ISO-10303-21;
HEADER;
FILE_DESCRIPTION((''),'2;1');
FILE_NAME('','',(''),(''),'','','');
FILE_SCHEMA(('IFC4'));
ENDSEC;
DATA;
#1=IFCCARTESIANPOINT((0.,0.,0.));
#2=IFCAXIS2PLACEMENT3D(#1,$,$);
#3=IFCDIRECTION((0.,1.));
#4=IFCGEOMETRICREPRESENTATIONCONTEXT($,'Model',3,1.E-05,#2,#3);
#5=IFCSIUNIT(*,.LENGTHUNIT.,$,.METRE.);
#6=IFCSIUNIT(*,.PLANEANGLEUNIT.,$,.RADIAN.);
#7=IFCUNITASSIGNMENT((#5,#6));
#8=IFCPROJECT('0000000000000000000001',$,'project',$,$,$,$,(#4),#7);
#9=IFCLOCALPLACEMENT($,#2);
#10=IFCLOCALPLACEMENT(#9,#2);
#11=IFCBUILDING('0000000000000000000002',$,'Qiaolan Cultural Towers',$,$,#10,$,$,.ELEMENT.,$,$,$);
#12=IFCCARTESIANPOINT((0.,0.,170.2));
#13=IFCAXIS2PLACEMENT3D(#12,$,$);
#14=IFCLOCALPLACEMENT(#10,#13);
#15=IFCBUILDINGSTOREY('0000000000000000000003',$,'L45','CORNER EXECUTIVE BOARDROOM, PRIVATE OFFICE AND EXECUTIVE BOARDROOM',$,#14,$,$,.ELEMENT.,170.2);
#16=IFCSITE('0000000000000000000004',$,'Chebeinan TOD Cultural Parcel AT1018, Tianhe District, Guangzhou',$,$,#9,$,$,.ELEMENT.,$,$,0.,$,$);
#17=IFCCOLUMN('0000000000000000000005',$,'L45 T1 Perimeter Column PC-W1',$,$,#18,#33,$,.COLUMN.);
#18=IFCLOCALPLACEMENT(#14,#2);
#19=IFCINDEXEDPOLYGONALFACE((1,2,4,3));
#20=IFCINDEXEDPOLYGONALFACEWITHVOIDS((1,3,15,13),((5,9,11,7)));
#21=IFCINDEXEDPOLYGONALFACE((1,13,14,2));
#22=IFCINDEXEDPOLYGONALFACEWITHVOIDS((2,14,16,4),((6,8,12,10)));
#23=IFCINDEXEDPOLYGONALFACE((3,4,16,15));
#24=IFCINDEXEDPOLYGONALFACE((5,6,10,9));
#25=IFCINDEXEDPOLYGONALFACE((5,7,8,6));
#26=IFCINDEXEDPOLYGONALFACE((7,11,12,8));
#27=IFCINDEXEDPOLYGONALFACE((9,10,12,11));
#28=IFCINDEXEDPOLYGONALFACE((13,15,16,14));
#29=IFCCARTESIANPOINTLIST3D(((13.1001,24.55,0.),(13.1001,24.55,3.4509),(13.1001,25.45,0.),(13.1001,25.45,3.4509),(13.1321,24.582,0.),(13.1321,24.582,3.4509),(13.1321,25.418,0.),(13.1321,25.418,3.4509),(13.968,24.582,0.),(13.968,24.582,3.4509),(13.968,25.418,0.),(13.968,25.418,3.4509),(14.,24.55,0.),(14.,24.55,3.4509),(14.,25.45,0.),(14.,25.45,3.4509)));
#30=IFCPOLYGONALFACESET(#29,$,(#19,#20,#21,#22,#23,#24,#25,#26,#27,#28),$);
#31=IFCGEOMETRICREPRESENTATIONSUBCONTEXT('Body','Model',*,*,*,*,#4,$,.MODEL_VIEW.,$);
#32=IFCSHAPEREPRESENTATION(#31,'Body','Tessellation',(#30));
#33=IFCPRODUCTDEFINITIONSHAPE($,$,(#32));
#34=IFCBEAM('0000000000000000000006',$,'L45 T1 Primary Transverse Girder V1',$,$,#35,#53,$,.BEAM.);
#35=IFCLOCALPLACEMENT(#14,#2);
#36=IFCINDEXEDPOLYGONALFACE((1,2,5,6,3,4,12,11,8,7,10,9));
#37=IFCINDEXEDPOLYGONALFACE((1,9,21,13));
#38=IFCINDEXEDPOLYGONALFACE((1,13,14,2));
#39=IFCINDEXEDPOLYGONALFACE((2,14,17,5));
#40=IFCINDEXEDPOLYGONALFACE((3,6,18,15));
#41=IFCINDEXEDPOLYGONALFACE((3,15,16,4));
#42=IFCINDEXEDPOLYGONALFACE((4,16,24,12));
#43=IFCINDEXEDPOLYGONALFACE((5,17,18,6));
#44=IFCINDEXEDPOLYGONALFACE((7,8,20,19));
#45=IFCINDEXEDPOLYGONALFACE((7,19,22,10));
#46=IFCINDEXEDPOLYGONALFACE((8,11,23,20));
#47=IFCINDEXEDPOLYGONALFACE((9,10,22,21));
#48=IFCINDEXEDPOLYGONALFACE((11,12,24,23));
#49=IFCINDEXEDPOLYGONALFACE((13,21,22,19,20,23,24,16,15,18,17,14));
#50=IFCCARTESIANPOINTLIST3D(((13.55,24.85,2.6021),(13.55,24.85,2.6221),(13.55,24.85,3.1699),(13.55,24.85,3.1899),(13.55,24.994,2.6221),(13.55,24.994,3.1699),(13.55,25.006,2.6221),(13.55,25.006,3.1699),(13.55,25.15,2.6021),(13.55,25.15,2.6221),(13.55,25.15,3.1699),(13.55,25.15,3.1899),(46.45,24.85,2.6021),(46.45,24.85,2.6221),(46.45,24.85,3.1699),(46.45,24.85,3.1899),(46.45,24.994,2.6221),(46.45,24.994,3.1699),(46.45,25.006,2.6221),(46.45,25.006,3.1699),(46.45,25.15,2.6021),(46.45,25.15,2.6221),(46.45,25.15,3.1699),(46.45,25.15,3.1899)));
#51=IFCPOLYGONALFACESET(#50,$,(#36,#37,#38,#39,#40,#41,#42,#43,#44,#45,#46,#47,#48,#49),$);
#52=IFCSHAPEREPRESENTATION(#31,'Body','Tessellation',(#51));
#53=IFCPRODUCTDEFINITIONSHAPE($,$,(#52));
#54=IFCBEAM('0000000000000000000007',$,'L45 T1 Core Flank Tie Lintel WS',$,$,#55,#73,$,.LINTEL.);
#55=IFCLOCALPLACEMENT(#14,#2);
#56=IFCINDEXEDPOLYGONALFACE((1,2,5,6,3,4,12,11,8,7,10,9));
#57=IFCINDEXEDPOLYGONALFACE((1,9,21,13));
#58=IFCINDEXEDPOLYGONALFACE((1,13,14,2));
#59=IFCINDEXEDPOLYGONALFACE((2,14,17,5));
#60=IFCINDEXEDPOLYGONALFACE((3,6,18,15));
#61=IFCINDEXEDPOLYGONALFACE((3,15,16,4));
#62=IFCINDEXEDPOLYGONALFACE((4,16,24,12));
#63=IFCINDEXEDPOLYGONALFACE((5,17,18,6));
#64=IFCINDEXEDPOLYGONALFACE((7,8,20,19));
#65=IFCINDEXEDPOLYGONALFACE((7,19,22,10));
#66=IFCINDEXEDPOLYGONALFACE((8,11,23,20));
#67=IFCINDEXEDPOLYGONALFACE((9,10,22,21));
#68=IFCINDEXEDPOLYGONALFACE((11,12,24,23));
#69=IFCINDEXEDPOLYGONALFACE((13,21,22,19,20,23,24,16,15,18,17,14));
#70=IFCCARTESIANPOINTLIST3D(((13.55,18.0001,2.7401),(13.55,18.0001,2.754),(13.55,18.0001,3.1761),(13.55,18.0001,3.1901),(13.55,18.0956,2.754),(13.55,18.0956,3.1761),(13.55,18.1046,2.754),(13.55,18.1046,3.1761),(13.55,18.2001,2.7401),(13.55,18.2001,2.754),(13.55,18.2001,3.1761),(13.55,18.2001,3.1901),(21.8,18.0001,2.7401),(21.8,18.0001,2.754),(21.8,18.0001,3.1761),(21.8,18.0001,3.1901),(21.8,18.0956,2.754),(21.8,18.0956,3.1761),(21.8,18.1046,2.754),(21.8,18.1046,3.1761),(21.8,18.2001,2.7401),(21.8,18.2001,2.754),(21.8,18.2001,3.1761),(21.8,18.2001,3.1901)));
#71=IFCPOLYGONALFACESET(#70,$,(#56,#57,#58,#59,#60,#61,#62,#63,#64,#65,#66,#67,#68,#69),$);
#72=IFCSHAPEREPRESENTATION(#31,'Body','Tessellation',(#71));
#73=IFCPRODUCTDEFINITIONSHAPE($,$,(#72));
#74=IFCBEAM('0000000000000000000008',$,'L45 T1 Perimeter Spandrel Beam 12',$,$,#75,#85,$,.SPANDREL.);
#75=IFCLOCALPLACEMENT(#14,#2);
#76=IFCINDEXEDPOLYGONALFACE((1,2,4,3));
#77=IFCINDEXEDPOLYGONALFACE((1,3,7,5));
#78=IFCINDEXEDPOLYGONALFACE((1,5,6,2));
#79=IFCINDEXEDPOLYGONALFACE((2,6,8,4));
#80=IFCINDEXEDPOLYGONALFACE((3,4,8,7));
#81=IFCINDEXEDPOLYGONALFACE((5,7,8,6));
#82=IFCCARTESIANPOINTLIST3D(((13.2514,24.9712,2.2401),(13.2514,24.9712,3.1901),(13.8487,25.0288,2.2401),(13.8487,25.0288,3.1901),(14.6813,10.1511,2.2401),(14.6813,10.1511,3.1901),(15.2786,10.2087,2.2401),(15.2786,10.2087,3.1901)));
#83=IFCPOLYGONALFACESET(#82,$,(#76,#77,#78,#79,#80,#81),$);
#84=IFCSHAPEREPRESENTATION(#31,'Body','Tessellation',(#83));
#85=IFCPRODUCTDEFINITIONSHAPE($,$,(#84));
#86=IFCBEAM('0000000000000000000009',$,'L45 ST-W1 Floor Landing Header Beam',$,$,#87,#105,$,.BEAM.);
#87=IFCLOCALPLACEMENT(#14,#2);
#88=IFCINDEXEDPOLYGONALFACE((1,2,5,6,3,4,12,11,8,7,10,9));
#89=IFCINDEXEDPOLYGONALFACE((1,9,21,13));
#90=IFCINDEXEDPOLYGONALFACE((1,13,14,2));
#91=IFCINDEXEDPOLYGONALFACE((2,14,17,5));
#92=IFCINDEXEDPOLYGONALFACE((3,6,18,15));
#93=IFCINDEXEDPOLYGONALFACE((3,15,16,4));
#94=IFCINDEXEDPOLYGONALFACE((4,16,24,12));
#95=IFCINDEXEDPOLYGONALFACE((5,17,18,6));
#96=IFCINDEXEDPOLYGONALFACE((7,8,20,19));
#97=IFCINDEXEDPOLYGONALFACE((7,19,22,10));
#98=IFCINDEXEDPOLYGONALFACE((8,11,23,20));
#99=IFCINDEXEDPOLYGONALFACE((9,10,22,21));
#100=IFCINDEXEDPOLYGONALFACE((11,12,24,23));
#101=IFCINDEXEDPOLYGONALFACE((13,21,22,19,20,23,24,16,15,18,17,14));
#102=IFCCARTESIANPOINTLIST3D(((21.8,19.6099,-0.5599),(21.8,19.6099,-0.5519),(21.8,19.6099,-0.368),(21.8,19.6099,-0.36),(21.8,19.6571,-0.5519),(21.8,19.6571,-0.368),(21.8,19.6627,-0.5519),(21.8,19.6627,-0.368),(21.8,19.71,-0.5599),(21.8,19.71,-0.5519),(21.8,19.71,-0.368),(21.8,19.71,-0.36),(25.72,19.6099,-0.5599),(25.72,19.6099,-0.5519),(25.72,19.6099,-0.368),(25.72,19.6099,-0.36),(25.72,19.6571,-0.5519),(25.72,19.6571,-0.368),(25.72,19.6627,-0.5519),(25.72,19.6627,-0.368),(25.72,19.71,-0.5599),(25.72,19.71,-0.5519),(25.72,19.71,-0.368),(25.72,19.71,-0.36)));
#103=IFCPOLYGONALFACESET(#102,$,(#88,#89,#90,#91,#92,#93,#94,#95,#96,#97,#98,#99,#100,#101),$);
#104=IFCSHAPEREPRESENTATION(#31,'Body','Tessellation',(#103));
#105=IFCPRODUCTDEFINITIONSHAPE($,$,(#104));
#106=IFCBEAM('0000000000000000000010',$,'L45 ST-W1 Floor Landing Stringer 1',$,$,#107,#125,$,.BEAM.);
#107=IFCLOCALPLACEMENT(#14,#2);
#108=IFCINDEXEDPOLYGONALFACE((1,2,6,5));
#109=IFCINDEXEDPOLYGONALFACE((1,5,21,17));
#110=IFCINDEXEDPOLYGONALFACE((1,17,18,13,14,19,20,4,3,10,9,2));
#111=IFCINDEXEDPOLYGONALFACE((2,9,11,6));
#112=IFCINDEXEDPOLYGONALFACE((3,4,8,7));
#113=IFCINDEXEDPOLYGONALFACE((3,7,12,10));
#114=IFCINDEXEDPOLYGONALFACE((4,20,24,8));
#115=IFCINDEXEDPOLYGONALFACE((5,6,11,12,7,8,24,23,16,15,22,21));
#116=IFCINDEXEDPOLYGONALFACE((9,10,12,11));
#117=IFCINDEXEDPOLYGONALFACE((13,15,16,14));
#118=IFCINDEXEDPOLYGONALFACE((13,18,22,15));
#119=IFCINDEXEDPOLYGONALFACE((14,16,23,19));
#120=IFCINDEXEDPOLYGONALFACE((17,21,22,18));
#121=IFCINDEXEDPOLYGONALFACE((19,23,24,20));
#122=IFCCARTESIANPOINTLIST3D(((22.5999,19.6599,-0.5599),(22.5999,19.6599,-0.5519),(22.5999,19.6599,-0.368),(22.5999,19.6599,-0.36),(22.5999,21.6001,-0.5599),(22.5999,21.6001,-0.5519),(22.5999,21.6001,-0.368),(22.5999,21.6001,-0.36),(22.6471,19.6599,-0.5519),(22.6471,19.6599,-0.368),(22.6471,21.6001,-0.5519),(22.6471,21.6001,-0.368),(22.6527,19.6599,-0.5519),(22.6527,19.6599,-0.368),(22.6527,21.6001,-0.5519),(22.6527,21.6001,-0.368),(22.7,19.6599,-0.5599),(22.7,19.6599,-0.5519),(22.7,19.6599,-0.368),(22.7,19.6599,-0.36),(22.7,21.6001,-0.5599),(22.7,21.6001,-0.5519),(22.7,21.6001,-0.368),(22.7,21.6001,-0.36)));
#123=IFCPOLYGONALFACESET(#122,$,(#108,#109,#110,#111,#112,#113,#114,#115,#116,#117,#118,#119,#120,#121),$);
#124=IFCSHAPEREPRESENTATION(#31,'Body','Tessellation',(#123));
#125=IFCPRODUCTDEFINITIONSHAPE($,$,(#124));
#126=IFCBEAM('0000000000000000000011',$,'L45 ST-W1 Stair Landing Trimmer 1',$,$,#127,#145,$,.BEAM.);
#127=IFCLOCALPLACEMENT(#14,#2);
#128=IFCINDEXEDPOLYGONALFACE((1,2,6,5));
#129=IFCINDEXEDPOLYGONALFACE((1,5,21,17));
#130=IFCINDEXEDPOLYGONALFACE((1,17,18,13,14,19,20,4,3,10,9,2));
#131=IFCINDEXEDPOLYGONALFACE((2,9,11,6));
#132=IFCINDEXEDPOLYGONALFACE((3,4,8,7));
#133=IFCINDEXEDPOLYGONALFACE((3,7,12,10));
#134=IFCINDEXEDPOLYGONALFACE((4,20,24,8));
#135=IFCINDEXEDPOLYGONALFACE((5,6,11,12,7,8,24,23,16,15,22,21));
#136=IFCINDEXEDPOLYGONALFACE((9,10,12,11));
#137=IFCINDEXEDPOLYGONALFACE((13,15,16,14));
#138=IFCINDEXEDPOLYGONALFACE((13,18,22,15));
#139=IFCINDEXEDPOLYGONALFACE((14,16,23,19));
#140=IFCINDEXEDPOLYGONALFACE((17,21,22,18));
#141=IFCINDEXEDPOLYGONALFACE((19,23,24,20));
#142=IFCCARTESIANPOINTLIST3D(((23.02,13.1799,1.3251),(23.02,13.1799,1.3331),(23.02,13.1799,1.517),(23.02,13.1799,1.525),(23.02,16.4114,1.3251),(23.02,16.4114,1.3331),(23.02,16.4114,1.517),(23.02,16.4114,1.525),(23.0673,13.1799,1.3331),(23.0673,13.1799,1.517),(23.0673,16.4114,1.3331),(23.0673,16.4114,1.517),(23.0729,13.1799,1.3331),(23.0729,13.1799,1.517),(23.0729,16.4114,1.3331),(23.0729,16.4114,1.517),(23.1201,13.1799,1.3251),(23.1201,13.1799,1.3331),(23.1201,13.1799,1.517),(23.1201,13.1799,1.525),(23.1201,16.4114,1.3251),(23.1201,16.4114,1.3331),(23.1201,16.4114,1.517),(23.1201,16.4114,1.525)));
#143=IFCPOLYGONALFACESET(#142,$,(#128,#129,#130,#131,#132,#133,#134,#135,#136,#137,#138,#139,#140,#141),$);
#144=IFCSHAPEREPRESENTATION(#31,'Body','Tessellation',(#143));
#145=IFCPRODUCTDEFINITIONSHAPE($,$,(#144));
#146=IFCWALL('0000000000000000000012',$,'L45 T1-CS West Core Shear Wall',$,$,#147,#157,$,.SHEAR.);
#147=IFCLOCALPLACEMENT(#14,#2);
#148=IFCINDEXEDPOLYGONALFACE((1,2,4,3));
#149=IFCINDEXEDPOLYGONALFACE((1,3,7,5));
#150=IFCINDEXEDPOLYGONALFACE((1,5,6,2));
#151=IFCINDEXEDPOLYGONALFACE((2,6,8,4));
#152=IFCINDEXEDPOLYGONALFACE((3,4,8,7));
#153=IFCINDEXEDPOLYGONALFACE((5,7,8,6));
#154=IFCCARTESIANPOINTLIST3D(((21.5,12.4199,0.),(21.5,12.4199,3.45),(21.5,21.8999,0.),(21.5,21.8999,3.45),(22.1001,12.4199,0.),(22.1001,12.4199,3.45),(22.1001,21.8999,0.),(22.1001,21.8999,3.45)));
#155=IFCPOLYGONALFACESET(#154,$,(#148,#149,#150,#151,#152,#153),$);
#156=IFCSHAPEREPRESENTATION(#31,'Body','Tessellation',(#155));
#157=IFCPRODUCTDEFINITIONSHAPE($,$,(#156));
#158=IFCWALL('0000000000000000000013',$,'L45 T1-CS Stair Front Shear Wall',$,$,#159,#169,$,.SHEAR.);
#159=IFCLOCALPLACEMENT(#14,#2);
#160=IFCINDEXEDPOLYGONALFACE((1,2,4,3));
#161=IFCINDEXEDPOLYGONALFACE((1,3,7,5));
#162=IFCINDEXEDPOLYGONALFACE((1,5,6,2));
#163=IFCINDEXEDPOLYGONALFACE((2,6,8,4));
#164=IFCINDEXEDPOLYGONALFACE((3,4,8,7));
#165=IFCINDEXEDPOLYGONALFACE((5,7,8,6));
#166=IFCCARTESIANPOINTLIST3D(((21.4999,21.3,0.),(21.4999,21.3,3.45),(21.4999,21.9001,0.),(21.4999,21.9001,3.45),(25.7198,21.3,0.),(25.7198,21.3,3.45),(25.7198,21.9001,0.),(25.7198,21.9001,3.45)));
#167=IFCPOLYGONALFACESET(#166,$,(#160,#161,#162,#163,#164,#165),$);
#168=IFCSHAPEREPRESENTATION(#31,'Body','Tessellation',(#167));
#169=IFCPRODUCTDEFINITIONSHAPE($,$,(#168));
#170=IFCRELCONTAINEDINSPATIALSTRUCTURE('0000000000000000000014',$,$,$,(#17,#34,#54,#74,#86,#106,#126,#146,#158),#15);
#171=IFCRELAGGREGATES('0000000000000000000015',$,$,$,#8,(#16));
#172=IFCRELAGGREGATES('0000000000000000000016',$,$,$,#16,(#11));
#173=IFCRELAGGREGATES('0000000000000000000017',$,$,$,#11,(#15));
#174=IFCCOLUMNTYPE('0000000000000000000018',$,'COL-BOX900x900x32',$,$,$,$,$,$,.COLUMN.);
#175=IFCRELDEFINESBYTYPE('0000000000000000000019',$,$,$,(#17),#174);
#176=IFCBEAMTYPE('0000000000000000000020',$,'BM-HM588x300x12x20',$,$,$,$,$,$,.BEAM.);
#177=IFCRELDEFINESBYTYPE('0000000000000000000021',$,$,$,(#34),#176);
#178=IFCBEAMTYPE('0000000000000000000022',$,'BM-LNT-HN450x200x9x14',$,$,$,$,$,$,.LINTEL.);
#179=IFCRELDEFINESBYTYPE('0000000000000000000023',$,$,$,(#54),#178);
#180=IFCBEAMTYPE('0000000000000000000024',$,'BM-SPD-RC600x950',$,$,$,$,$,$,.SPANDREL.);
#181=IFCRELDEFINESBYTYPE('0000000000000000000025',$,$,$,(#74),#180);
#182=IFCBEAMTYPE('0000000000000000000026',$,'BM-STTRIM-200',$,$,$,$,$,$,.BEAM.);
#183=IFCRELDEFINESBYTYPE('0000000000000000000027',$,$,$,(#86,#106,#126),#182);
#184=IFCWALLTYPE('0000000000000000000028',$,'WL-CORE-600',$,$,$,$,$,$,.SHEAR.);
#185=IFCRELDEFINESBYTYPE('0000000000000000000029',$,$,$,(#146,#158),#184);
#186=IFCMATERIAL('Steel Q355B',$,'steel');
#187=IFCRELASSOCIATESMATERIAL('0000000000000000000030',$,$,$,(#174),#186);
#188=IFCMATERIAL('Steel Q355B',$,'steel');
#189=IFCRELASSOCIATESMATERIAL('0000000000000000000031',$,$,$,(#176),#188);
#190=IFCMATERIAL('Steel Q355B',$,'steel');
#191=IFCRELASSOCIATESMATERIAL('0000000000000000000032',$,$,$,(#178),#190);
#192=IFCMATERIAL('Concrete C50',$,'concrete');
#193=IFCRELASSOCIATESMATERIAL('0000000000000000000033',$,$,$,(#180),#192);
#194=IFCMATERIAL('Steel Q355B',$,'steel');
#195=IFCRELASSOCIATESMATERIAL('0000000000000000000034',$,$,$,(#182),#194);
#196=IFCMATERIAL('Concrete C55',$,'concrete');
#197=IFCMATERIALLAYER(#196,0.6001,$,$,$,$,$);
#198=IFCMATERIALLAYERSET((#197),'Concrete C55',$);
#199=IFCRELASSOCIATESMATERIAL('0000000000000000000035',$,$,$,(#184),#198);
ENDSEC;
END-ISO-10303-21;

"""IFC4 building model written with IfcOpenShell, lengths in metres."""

from ifc_helpers import new_model, si_unit, direction, frame, frame_2d, origin, origin_2d, place, context, subcontext, project, spatial, rectangle, hollow_rectangle, i_section, extrude, material, layer, layer_set, material_profile, profile_set, type_object, element, save


model = new_model("IFC4")

# Units and contexts
model_context = context("Model", 3, precision=1e-05, world=origin(), true_north=direction((0.0, 1.0)))
body_context = subcontext(model_context, "Body", "Model", "MODEL_VIEW")
ifc_project = project(units=[si_unit("LENGTHUNIT", "METRE"), si_unit("PLANEANGLEUNIT", "RADIAN")], contexts=[model_context])

# Site, building, storey
site_placement = place(None, origin())
site = spatial("IfcSite", under=ifc_project, at=site_placement, Name="Chebeinan TOD Cultural Parcel AT1018, Tianhe District, Guangzhou", CompositionType="ELEMENT", RefElevation=0.0)
building_placement = place(site_placement, origin())
building = spatial("IfcBuilding", under=site, at=building_placement, Name="Qiaolan Cultural Towers", CompositionType="ELEMENT")
storey_placement = place(building_placement, frame((0.0, 0.0, 170.2)))
storey = spatial("IfcBuildingStorey", under=building, at=storey_placement, Name="L45", Description="CORNER EXECUTIVE BOARDROOM, PRIVATE OFFICE AND EXECUTIVE BOARDROOM", CompositionType="ELEMENT", Elevation=170.2)

# Column
ifc_material_1 = material(Name="Steel Q355B", Category="steel")
ifc_material_profile_1 = material_profile(ifc_material_1, hollow_rectangle(XDim=0.8999, YDim=0.8999, WallThickness=0.032, at=origin_2d()), Name="BOX900x900x32")
ifc_profile_set_1 = profile_set([ifc_material_profile_1], Name="Steel Q355B")
column_type = type_object("IfcColumnType", Name="COL-BOX900x900x32", PredefinedType="COLUMN", material=ifc_profile_set_1)
column_placement = place(storey_placement, frame((13.55, 25.0, 0.0), z_axis=(0.0, 0.0, 1.0), x_axis=(1.0, 0.0, 0.0)))
element("IfcColumn", 1, at=column_placement, inside=storey, type_object=column_type, Name="L45 T1 Perimeter Column PC-W1", PredefinedType="COLUMN", context=body_context, shape_type="SweptSolid", body=[
    extrude(hollow_rectangle(XDim=0.8999, YDim=0.8999, WallThickness=0.032, at=origin_2d()), origin(), (0.0, 0.0, 1.0), 3.4509),
])

# Beams
ifc_material_2 = material(Name="Steel Q355B", Category="steel")
ifc_material_profile_2 = material_profile(ifc_material_2, i_section(OverallWidth=0.3, OverallDepth=0.5879, WebThickness=0.012, FlangeThickness=0.02, at=origin_2d()), Name="HM588x300x12x20")
ifc_profile_set_2 = profile_set([ifc_material_profile_2], Name="Steel Q355B")
beam_type_1 = type_object("IfcBeamType", Name="BM-HM588x300x12x20", PredefinedType="BEAM", material=ifc_profile_set_2)
beam_1_placement = place(storey_placement, frame((13.55, 25.0, 2.896), z_axis=(1.0, 0.0, 0.0), x_axis=(0.0, 1.0, 0.0)))
element("IfcBeam", 2, at=beam_1_placement, inside=storey, type_object=beam_type_1, Name="L45 T1 Primary Transverse Girder V1", PredefinedType="BEAM", context=body_context, shape_type="SweptSolid", body=[
    extrude(i_section(OverallWidth=0.3, OverallDepth=0.5879, WebThickness=0.012, FlangeThickness=0.02, at=origin_2d()), origin(), (0.0, 0.0, 1.0), 32.8999),
])
ifc_material_3 = material(Name="Steel Q355B", Category="steel")
ifc_material_profile_3 = material_profile(ifc_material_3, i_section(OverallWidth=0.2, OverallDepth=0.45, WebThickness=0.009, FlangeThickness=0.0139, at=origin_2d()), Name="HN450x200x9x14")
ifc_profile_set_3 = profile_set([ifc_material_profile_3], Name="Steel Q355B")
beam_type_2 = type_object("IfcBeamType", Name="BM-LNT-HN450x200x9x14", PredefinedType="LINTEL", material=ifc_profile_set_3)
beam_2_placement = place(storey_placement, frame((21.8, 18.1001, 2.9651), z_axis=(-1.0, 0.0, 0.0), x_axis=(0.0, -1.0, 0.0)))
element("IfcBeam", 3, at=beam_2_placement, inside=storey, type_object=beam_type_2, Name="L45 T1 Core Flank Tie Lintel WS", PredefinedType="LINTEL", context=body_context, shape_type="SweptSolid", body=[
    extrude(i_section(OverallWidth=0.2, OverallDepth=0.45, WebThickness=0.009, FlangeThickness=0.0139, at=origin_2d()), origin(), (0.0, 0.0, 1.0), 8.25),
])
ifc_material_4 = material(Name="Concrete C50", Category="concrete")
ifc_material_profile_4 = material_profile(ifc_material_4, rectangle(XDim=0.6001, YDim=0.95, at=origin_2d()), Name="RC600x950")
ifc_profile_set_4 = profile_set([ifc_material_profile_4], Name="Concrete C50")
beam_type_3 = type_object("IfcBeamType", Name="BM-SPD-RC600x950", PredefinedType="SPANDREL", material=ifc_profile_set_4)
beam_3_placement = place(storey_placement, frame((13.55, 25.0, 2.7151), z_axis=(0.09604, -0.995377, 0.0), x_axis=(0.995377, 0.09604, 0.0)))
element("IfcBeam", 4, at=beam_3_placement, inside=storey, type_object=beam_type_3, Name="L45 T1 Perimeter Spandrel Beam 12", PredefinedType="SPANDREL", context=body_context, shape_type="SweptSolid", body=[
    extrude(rectangle(XDim=0.6001, YDim=0.95, at=origin_2d()), origin(), (0.0, 0.0, 1.0), 14.8889),
])
ifc_material_5 = material(Name="Steel Q355B", Category="steel")
ifc_material_profile_5 = material_profile(ifc_material_5, i_section(OverallWidth=0.1001, OverallDepth=0.2, WebThickness=0.0056, FlangeThickness=0.0081, at=origin_2d()), Name="HN200x100x5.5x8")
ifc_profile_set_5 = profile_set([ifc_material_profile_5], Name="Steel Q355B")
beam_type_4 = type_object("IfcBeamType", Name="BM-STTRIM-200", PredefinedType="BEAM", material=ifc_profile_set_5)
beam_4_placement = place(storey_placement, frame((21.8, 19.6599, -0.46), z_axis=(1.0, 0.0, 0.0), x_axis=(0.0, 1.0, 0.0)))
element("IfcBeam", 5, at=beam_4_placement, inside=storey, type_object=beam_type_4, Name="L45 ST-W1 Floor Landing Header Beam", PredefinedType="BEAM", context=body_context, shape_type="SweptSolid", body=[
    extrude(i_section(OverallWidth=0.1001, OverallDepth=0.2, WebThickness=0.0056, FlangeThickness=0.0081, at=origin_2d()), origin(), (0.0, 0.0, 1.0), 3.9199),
])
beam_5_placement = place(storey_placement, frame((22.6499, 21.6001, -0.46), z_axis=(0.0, -1.0, 0.0), x_axis=(1.0, 0.0, 0.0)))
element("IfcBeam", 6, at=beam_5_placement, inside=storey, type_object=beam_type_4, Name="L45 ST-W1 Floor Landing Stringer 1", PredefinedType="BEAM", context=body_context, shape_type="SweptSolid", body=[
    extrude(i_section(OverallWidth=0.1001, OverallDepth=0.2, WebThickness=0.0056, FlangeThickness=0.0081, at=origin_2d()), origin(), (0.0, 0.0, 1.0), 1.9402),
])
beam_6_placement = place(storey_placement, frame((23.0701, 16.4114, 1.425), z_axis=(0.0, -1.0, 0.0), x_axis=(1.0, 0.0, 0.0)))
element("IfcBeam", 7, at=beam_6_placement, inside=storey, type_object=beam_type_4, Name="L45 ST-W1 Stair Landing Trimmer 1", PredefinedType="BEAM", context=body_context, shape_type="SweptSolid", body=[
    extrude(i_section(OverallWidth=0.1001, OverallDepth=0.2, WebThickness=0.0056, FlangeThickness=0.0081, at=origin_2d()), origin(), (0.0, 0.0, 1.0), 3.2314),
])

# Walls
ifc_material_6 = material(Name="Concrete C55", Category="concrete")
ifc_layer_1 = layer(ifc_material_6, 0.6001)
ifc_layer_set_1 = layer_set([ifc_layer_1], Name="Concrete C55")
wall_type_1 = type_object("IfcWallType", Name="WL-CORE-600", PredefinedType="SHEAR", material=ifc_layer_set_1)
wall_1_placement = place(storey_placement, frame((21.8, 21.8999, 0.0), z_axis=(0.0, 0.0, 1.0), x_axis=(0.0, -1.0, 0.0)))
element("IfcWall", 8, at=wall_1_placement, inside=storey, type_object=wall_type_1, Name="L45 T1-CS West Core Shear Wall", PredefinedType="SHEAR", context=body_context, shape_type="SweptSolid", body=[
    extrude(rectangle(XDim=9.48, YDim=0.6001, at=frame_2d((4.74, 0.0))), origin(), (0.0, 0.0, 1.0), 3.45),
])
wall_2_placement = place(storey_placement, frame((21.5, 21.6001, 0.0), z_axis=(0.0, 0.0, 1.0), x_axis=(1.0, 0.0, 0.0)))
element("IfcWall", 9, at=wall_2_placement, inside=storey, type_object=wall_type_1, Name="L45 T1-CS Stair Front Shear Wall", PredefinedType="SHEAR", context=body_context, shape_type="SweptSolid", body=[
    extrude(rectangle(XDim=4.22, YDim=0.6001, at=frame_2d((2.1099, 0.0))), origin(), (0.0, 0.0, 1.0), 3.45),
])

save(model, "model.ifc")
